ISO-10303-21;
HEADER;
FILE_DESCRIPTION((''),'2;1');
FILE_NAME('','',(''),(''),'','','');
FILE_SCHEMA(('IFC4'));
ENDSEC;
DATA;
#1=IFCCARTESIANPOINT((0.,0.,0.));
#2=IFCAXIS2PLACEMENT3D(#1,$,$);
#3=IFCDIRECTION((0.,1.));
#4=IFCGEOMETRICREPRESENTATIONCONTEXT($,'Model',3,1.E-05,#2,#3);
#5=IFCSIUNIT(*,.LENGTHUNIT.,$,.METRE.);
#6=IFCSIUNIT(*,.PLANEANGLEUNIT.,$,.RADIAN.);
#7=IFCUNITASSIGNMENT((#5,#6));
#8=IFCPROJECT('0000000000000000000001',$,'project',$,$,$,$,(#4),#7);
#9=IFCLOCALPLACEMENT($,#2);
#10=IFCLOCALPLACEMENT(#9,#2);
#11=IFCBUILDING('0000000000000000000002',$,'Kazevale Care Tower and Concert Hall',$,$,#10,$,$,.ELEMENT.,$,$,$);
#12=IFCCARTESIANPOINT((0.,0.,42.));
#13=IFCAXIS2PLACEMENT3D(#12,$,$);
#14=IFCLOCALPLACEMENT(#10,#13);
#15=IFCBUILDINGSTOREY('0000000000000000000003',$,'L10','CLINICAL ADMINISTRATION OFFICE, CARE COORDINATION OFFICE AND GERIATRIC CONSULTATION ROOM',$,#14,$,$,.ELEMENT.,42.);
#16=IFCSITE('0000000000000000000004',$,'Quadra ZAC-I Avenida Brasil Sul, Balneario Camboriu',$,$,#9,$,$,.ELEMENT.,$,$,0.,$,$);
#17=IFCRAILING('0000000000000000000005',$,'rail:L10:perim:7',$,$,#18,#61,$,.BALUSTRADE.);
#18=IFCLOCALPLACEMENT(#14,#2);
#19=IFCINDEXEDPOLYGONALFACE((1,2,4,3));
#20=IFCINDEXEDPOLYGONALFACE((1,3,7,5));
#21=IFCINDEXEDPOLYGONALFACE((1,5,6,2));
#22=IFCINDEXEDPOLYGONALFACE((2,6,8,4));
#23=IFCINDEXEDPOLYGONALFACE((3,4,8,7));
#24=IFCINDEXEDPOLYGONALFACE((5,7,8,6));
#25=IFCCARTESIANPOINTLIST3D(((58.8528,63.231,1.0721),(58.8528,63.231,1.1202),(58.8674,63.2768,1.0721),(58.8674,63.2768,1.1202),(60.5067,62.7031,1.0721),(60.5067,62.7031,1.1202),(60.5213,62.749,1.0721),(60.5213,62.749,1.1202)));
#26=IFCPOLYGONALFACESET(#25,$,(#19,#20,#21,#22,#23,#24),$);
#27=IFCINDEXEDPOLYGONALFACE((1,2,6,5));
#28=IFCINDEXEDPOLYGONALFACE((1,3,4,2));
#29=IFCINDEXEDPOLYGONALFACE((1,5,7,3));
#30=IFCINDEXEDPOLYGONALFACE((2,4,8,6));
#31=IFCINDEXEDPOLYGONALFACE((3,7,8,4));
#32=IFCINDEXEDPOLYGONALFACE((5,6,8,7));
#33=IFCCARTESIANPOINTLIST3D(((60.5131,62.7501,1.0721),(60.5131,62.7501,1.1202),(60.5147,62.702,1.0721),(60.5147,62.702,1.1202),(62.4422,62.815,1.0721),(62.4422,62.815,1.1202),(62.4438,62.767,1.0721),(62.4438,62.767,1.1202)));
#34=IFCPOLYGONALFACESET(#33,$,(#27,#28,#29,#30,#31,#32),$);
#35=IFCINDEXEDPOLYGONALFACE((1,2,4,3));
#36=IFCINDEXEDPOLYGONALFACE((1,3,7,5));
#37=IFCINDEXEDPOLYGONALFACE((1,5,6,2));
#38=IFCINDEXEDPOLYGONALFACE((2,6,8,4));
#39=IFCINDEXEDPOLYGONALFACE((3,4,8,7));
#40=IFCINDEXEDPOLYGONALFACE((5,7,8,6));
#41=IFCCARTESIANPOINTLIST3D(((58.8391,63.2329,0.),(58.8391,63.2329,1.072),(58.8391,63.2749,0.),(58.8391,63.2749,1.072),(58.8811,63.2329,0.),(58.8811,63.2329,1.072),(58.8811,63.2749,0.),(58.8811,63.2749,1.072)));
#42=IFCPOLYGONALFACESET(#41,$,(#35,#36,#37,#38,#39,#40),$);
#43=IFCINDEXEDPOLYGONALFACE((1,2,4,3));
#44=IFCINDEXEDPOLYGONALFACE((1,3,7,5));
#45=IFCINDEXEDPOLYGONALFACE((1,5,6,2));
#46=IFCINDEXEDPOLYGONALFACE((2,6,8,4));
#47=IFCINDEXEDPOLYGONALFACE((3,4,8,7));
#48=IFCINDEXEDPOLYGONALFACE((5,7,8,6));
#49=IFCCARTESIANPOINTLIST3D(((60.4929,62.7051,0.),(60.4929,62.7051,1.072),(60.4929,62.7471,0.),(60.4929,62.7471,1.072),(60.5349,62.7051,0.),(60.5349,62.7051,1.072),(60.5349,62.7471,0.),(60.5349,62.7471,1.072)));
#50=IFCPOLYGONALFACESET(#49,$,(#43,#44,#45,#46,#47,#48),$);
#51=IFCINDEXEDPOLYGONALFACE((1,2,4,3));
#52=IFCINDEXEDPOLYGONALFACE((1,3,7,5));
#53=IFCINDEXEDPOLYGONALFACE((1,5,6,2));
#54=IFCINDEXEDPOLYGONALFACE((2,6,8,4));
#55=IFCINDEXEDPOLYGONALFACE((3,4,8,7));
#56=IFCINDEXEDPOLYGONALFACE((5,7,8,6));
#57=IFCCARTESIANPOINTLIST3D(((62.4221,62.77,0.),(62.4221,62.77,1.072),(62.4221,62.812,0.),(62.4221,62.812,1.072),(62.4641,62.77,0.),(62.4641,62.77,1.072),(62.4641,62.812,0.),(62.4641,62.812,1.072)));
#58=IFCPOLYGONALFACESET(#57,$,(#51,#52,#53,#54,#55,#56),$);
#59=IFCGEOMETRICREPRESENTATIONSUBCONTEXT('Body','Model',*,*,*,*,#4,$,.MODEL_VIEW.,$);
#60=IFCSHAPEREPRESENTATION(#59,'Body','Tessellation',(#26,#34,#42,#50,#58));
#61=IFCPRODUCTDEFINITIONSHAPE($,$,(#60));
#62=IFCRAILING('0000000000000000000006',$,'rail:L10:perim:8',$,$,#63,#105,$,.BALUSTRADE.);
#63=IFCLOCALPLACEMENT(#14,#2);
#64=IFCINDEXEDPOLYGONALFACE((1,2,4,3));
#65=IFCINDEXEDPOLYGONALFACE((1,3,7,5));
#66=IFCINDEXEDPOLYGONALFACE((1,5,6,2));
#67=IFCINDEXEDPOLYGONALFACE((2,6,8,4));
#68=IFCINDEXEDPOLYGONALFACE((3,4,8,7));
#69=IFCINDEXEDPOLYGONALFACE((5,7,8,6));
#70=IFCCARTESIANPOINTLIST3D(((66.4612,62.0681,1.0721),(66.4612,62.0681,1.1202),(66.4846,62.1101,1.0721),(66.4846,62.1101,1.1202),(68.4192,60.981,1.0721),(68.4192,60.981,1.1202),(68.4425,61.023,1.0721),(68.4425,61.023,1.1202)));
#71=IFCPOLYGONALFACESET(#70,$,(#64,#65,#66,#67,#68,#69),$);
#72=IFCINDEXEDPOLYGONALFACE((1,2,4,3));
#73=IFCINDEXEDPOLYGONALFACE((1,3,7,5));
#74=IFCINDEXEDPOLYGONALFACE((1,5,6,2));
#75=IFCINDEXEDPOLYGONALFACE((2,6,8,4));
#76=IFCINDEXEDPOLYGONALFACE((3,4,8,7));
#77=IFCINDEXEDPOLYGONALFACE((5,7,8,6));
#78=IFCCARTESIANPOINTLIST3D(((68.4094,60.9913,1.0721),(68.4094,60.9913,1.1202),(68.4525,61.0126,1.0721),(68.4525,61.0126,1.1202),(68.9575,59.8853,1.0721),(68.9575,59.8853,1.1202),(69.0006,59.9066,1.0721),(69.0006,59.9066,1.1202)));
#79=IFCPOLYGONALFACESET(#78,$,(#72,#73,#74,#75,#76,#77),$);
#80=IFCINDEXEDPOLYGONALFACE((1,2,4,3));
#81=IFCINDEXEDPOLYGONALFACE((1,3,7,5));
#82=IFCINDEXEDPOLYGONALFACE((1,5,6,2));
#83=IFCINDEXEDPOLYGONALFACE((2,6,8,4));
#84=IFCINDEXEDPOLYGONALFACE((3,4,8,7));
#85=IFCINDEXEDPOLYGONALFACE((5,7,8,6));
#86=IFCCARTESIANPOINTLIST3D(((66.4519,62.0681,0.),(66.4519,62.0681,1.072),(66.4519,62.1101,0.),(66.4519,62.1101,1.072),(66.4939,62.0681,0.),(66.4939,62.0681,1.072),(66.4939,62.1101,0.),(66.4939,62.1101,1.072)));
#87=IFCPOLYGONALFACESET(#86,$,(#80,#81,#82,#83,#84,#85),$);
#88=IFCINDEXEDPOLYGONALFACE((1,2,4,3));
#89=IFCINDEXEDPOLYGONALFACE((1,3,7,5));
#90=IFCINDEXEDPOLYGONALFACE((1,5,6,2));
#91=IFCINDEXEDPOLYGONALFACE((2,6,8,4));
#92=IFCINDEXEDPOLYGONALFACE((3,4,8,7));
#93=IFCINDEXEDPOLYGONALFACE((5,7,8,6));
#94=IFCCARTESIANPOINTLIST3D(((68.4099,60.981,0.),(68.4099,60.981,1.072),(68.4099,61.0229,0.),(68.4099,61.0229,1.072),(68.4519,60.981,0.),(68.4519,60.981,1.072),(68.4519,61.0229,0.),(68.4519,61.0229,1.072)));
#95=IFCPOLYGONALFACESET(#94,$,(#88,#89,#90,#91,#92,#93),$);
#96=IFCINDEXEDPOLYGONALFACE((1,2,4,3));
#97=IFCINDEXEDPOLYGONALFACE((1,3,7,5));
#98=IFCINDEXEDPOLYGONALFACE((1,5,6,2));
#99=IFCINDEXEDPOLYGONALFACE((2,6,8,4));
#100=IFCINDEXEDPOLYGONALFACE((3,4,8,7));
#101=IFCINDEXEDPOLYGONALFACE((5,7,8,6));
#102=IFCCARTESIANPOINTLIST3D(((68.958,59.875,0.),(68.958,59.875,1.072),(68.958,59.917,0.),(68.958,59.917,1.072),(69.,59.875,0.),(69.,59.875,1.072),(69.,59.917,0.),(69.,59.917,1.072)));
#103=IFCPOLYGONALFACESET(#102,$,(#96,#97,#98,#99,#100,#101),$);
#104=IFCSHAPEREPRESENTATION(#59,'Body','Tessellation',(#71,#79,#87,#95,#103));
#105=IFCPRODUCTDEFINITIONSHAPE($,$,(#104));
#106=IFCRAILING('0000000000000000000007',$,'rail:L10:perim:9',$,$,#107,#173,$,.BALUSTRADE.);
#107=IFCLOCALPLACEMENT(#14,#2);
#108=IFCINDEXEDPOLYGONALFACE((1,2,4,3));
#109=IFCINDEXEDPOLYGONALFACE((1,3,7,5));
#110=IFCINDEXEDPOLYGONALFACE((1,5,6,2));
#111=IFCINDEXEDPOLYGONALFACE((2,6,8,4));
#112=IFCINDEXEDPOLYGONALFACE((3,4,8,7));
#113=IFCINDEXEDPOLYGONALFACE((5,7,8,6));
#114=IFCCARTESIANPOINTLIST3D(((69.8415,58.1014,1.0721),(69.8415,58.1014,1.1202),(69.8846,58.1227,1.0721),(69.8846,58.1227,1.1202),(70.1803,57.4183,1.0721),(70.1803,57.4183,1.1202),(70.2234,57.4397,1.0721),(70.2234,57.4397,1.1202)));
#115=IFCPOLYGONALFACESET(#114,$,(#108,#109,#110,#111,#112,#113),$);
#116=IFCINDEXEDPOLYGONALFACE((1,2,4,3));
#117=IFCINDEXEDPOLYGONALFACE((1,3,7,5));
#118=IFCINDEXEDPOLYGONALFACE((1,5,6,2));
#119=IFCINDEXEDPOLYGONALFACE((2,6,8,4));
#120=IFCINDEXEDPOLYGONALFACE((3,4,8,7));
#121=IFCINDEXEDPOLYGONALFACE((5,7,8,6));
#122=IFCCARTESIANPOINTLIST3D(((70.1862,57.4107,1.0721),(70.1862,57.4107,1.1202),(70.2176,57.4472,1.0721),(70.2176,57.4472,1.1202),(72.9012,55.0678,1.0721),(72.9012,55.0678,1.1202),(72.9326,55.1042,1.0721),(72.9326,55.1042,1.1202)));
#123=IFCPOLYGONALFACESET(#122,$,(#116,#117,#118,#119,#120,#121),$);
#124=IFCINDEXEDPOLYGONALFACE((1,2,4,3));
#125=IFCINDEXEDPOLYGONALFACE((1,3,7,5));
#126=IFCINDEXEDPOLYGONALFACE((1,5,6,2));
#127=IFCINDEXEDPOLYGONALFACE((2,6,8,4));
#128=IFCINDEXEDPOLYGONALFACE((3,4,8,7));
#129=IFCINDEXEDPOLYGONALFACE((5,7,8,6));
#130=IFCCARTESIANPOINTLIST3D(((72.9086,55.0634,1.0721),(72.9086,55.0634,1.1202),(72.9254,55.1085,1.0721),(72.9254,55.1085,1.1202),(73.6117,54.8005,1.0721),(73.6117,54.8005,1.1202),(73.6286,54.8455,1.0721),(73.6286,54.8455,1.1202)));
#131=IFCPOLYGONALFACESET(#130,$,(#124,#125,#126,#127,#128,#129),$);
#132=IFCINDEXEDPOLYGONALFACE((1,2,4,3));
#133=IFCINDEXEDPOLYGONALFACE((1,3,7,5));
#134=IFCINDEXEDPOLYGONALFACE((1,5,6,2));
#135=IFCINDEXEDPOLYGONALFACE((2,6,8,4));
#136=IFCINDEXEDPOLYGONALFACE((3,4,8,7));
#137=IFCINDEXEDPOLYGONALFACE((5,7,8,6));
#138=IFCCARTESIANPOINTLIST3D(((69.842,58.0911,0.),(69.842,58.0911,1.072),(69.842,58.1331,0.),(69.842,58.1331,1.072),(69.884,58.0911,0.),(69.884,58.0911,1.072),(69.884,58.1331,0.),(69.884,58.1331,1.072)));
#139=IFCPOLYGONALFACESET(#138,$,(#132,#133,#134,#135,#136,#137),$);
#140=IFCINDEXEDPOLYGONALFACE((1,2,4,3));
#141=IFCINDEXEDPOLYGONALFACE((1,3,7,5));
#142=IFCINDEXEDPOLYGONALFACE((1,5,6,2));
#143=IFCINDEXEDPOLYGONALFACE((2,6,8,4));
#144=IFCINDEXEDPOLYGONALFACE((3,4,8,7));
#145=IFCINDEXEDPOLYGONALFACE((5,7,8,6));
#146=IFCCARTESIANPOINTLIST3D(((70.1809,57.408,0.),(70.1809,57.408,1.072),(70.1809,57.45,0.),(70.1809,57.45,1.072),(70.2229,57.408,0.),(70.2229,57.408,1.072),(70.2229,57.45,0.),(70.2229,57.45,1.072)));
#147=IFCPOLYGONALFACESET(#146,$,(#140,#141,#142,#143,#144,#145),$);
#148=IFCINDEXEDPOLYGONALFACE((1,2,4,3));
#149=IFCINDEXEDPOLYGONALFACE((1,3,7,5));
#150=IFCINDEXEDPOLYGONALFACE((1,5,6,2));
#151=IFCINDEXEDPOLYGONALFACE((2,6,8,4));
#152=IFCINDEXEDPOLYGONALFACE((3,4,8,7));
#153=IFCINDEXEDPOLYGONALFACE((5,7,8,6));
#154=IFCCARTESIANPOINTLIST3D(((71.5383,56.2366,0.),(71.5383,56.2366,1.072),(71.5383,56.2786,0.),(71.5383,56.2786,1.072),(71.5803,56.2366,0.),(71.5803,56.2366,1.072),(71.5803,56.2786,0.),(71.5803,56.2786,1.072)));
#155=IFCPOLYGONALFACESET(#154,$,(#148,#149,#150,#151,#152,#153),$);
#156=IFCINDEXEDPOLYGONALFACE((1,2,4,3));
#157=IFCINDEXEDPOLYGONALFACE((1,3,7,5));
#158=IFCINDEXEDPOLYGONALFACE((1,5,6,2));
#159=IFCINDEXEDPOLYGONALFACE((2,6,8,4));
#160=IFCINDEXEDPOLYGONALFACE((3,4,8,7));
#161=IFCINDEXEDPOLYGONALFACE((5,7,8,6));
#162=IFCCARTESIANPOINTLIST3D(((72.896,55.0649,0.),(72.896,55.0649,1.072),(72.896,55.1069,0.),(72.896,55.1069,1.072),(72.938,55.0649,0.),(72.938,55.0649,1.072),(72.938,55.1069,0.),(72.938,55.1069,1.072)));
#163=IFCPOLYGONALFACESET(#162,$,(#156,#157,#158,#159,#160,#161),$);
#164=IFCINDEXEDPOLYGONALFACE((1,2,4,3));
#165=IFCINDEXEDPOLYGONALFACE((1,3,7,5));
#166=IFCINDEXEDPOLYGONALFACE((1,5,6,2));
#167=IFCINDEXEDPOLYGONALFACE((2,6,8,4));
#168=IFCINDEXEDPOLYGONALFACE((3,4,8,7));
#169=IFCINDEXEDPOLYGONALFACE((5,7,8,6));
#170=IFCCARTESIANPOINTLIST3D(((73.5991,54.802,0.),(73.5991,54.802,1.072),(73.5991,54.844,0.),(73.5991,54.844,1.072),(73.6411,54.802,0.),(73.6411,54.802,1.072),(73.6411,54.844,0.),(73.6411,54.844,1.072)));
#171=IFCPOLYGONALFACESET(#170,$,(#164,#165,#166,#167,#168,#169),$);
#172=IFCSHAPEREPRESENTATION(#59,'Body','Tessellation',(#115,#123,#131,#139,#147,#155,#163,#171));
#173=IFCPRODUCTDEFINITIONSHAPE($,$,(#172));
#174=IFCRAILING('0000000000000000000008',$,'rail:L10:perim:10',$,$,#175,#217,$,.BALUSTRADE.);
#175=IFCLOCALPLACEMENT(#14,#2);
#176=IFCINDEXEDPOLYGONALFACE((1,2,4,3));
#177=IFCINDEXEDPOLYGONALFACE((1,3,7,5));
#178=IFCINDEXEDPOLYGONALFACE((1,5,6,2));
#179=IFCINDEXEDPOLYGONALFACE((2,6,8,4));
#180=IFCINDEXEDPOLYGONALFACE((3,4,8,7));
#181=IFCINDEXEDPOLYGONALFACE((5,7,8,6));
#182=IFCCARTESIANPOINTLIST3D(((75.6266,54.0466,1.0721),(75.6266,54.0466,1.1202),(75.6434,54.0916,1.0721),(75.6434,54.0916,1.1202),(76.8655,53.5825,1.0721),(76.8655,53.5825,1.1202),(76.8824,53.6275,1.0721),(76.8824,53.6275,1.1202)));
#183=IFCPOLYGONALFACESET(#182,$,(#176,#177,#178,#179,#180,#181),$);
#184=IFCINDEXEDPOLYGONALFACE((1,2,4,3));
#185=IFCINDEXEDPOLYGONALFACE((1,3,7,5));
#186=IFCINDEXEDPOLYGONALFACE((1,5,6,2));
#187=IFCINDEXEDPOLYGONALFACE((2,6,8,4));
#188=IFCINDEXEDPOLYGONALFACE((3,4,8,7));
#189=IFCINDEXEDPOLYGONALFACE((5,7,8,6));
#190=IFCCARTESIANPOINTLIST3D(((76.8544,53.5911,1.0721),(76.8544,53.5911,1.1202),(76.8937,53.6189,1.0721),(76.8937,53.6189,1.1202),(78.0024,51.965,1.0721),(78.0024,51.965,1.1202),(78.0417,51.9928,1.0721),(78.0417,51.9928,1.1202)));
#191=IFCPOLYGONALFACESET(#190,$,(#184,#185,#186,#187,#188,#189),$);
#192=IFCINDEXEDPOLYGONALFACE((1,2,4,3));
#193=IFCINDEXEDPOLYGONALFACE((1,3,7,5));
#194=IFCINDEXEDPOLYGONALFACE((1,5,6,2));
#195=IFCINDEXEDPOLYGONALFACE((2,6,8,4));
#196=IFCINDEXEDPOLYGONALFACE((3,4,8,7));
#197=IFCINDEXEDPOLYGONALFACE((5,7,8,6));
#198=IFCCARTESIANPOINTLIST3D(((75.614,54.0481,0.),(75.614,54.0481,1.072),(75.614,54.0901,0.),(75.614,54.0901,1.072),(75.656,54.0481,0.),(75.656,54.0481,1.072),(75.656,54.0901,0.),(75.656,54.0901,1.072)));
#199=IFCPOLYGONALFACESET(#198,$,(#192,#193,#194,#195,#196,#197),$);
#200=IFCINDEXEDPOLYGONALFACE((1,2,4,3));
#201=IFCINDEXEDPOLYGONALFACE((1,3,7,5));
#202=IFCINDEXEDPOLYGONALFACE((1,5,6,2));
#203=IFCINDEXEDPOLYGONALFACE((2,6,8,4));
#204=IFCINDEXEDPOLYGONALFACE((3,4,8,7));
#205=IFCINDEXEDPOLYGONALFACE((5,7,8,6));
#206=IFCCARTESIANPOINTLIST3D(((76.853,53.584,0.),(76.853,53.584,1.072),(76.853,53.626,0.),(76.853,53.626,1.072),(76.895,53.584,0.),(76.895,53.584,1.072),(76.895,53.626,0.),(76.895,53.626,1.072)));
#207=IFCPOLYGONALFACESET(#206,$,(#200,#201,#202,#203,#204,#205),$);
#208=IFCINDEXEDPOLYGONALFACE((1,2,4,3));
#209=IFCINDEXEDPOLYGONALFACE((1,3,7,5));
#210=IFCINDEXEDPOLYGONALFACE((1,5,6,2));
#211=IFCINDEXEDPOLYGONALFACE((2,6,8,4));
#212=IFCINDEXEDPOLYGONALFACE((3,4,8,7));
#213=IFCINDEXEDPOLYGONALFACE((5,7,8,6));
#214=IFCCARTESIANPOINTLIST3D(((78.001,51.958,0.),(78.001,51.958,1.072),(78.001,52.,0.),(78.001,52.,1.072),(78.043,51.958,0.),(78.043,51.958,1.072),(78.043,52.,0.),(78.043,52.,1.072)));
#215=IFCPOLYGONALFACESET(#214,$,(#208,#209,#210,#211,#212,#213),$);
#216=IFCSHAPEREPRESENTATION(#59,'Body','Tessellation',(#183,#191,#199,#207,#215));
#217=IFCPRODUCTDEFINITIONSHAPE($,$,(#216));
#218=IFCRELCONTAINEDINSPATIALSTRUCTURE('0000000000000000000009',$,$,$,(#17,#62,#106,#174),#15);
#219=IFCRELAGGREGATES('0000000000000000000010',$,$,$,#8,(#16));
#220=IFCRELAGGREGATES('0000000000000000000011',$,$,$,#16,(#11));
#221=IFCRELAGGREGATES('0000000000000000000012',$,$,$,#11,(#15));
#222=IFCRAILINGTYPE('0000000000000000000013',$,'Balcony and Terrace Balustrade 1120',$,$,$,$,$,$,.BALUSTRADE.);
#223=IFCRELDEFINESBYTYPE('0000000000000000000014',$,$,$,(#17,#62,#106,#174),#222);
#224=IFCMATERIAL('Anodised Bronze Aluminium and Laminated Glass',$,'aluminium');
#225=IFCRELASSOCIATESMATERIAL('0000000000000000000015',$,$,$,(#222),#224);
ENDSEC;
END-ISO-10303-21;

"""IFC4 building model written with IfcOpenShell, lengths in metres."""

from ifc_helpers import new_model, si_unit, direction, frame, origin, origin_2d, place, context, subcontext, project, spatial, rectangle, extrude, material, type_object, element, save


model = new_model("IFC4")

# Units and contexts
model_context = context("Model", 3, precision=1e-05, world=origin(), true_north=direction((0.0, 1.0)))
body_context = subcontext(model_context, "Body", "Model", "MODEL_VIEW")
ifc_project = project(units=[si_unit("LENGTHUNIT", "METRE"), si_unit("PLANEANGLEUNIT", "RADIAN")], contexts=[model_context])

# Site, building, storey
site_placement = place(None, origin())
site = spatial("IfcSite", under=ifc_project, at=site_placement, Name="Quadra ZAC-I Avenida Brasil Sul, Balneario Camboriu", CompositionType="ELEMENT", RefElevation=0.0)
building_placement = place(site_placement, origin())
building = spatial("IfcBuilding", under=site, at=building_placement, Name="Kazevale Care Tower and Concert Hall", CompositionType="ELEMENT")
storey_placement = place(building_placement, frame((0.0, 0.0, 42.0)))
storey = spatial("IfcBuildingStorey", under=building, at=storey_placement, Name="L10", Description="CLINICAL ADMINISTRATION OFFICE, CARE COORDINATION OFFICE AND GERIATRIC CONSULTATION ROOM", CompositionType="ELEMENT", Elevation=42.0)

# Railings
ifc_material_1 = material(Name="Anodised Bronze Aluminium and Laminated Glass", Category="aluminium")
railing_type = type_object("IfcRailingType", Name="Balcony and Terrace Balustrade 1120", PredefinedType="BALUSTRADE", material=ifc_material_1)
railing_1_placement = place(storey_placement, frame((58.8601, 63.2539, 0.0)))
element("IfcRailing", 1, at=railing_1_placement, inside=storey, type_object=railing_type, Name="rail:L10:perim:7", PredefinedType="BALUSTRADE", context=body_context, shape_type="SweptSolid", body=[
    extrude(rectangle(XDim=0.0481, YDim=0.0481, at=origin_2d()), frame((0.0, 0.0, 1.0962), z_axis=(0.952656, -0.304051, 0.0), x_axis=(0.304051, 0.952656, 0.0)), (0.0, 0.0, 1.0), 1.7361),
    extrude(rectangle(XDim=0.0481, YDim=0.0481, at=origin_2d()), frame((1.6538, -0.5278, 1.0962), z_axis=(0.999434, 0.033643, 0.0), x_axis=(-0.033643, 0.999434, 0.0)), (0.0, 0.0, 1.0), 1.9302),
    extrude(rectangle(XDim=0.042, YDim=0.042, at=origin_2d()), origin(), (0.0, 0.0, 1.0), 1.072),
    extrude(rectangle(XDim=0.042, YDim=0.042, at=origin_2d()), frame((1.6538, -0.5278, 0.0)), (0.0, 0.0, 1.0), 1.072),
    extrude(rectangle(XDim=0.042, YDim=0.042, at=origin_2d()), frame((3.583, -0.4629, 0.0)), (0.0, 0.0, 1.0), 1.072),
])
railing_2_placement = place(storey_placement, frame((66.4729, 62.0891, 0.0)))
element("IfcRailing", 2, at=railing_2_placement, inside=storey, type_object=railing_type, Name="rail:L10:perim:8", PredefinedType="BALUSTRADE", context=body_context, shape_type="SweptSolid", body=[
    extrude(rectangle(XDim=0.0481, YDim=0.0481, at=origin_2d()), frame((0.0, 0.0, 1.0962), z_axis=(0.874276, -0.48543, 0.0), x_axis=(0.48543, 0.874276, 0.0)), (0.0, 0.0, 1.0), 2.2395),
    extrude(rectangle(XDim=0.0481, YDim=0.0481, at=origin_2d()), frame((1.958, -1.0872, 1.0962), z_axis=(0.444046, -0.896004, 0.0), x_axis=(0.896004, 0.444046, 0.0)), (0.0, 0.0, 1.0), 1.2344),
    extrude(rectangle(XDim=0.042, YDim=0.042, at=origin_2d()), origin(), (0.0, 0.0, 1.0), 1.072),
    extrude(rectangle(XDim=0.042, YDim=0.042, at=origin_2d()), frame((1.958, -1.0872, 0.0)), (0.0, 0.0, 1.0), 1.072),
    extrude(rectangle(XDim=0.042, YDim=0.042, at=origin_2d()), frame((2.5061, -2.1931, 0.0)), (0.0, 0.0, 1.0), 1.072),
])
railing_3_placement = place(storey_placement, frame((69.863, 58.1121, 0.0)))
element("IfcRailing", 3, at=railing_3_placement, inside=storey, type_object=railing_type, Name="rail:L10:perim:9", PredefinedType="BALUSTRADE", context=body_context, shape_type="SweptSolid", body=[
    extrude(rectangle(XDim=0.0481, YDim=0.0481, at=origin_2d()), frame((0.0, 0.0, 1.0962), z_axis=(0.444394, -0.895831, 0.0), x_axis=(0.895831, 0.444394, 0.0)), (0.0, 0.0, 1.0), 0.7625),
    extrude(rectangle(XDim=0.0481, YDim=0.0481, at=origin_2d()), frame((0.3389, -0.6831, 1.0962), z_axis=(0.757076, -0.653327, 0.0), x_axis=(0.653327, 0.757076, 0.0)), (0.0, 0.0, 1.0), 3.5862),
    extrude(rectangle(XDim=0.0481, YDim=0.0481, at=origin_2d()), frame((3.054, -3.0261, 1.0962), z_axis=(0.93665, -0.350268, 0.0), x_axis=(0.350268, 0.93665, 0.0)), (0.0, 0.0, 1.0), 0.7507),
    extrude(rectangle(XDim=0.042, YDim=0.042, at=origin_2d()), origin(), (0.0, 0.0, 1.0), 1.072),
    extrude(rectangle(XDim=0.042, YDim=0.042, at=origin_2d()), frame((0.3389, -0.6831, 0.0)), (0.0, 0.0, 1.0), 1.072),
    extrude(rectangle(XDim=0.042, YDim=0.042, at=origin_2d()), frame((1.6963, -1.8545, 0.0)), (0.0, 0.0, 1.0), 1.072),
    extrude(rectangle(XDim=0.042, YDim=0.042, at=origin_2d()), frame((3.054, -3.0261, 0.0)), (0.0, 0.0, 1.0), 1.072),
    extrude(rectangle(XDim=0.042, YDim=0.042, at=origin_2d()), frame((3.7571, -3.2891, 0.0)), (0.0, 0.0, 1.0), 1.072),
])
railing_4_placement = place(storey_placement, frame((75.635, 54.0691, 0.0)))
element("IfcRailing", 4, at=railing_4_placement, inside=storey, type_object=railing_type, Name="rail:L10:perim:10", PredefinedType="BALUSTRADE", context=body_context, shape_type="SweptSolid", body=[
    extrude(rectangle(XDim=0.0481, YDim=0.0481, at=origin_2d()), frame((0.0, 0.0, 1.0962), z_axis=(0.936458, -0.35078, 0.0), x_axis=(0.35078, 0.936458, 0.0)), (0.0, 0.0, 1.0), 1.323),
    extrude(rectangle(XDim=0.0481, YDim=0.0481, at=origin_2d()), frame((1.239, -0.4641, 1.0962), z_axis=(0.576751, -0.81692, 0.0), x_axis=(0.81692, 0.576751, 0.0)), (0.0, 0.0, 1.0), 1.9905),
    extrude(rectangle(XDim=0.042, YDim=0.042, at=origin_2d()), origin(), (0.0, 0.0, 1.0), 1.072),
    extrude(rectangle(XDim=0.042, YDim=0.042, at=origin_2d()), frame((1.239, -0.4641, 0.0)), (0.0, 0.0, 1.0), 1.072),
    extrude(rectangle(XDim=0.042, YDim=0.042, at=origin_2d()), frame((2.387, -2.0901, 0.0)), (0.0, 0.0, 1.0), 1.072),
])

save(model, "model.ifc")
